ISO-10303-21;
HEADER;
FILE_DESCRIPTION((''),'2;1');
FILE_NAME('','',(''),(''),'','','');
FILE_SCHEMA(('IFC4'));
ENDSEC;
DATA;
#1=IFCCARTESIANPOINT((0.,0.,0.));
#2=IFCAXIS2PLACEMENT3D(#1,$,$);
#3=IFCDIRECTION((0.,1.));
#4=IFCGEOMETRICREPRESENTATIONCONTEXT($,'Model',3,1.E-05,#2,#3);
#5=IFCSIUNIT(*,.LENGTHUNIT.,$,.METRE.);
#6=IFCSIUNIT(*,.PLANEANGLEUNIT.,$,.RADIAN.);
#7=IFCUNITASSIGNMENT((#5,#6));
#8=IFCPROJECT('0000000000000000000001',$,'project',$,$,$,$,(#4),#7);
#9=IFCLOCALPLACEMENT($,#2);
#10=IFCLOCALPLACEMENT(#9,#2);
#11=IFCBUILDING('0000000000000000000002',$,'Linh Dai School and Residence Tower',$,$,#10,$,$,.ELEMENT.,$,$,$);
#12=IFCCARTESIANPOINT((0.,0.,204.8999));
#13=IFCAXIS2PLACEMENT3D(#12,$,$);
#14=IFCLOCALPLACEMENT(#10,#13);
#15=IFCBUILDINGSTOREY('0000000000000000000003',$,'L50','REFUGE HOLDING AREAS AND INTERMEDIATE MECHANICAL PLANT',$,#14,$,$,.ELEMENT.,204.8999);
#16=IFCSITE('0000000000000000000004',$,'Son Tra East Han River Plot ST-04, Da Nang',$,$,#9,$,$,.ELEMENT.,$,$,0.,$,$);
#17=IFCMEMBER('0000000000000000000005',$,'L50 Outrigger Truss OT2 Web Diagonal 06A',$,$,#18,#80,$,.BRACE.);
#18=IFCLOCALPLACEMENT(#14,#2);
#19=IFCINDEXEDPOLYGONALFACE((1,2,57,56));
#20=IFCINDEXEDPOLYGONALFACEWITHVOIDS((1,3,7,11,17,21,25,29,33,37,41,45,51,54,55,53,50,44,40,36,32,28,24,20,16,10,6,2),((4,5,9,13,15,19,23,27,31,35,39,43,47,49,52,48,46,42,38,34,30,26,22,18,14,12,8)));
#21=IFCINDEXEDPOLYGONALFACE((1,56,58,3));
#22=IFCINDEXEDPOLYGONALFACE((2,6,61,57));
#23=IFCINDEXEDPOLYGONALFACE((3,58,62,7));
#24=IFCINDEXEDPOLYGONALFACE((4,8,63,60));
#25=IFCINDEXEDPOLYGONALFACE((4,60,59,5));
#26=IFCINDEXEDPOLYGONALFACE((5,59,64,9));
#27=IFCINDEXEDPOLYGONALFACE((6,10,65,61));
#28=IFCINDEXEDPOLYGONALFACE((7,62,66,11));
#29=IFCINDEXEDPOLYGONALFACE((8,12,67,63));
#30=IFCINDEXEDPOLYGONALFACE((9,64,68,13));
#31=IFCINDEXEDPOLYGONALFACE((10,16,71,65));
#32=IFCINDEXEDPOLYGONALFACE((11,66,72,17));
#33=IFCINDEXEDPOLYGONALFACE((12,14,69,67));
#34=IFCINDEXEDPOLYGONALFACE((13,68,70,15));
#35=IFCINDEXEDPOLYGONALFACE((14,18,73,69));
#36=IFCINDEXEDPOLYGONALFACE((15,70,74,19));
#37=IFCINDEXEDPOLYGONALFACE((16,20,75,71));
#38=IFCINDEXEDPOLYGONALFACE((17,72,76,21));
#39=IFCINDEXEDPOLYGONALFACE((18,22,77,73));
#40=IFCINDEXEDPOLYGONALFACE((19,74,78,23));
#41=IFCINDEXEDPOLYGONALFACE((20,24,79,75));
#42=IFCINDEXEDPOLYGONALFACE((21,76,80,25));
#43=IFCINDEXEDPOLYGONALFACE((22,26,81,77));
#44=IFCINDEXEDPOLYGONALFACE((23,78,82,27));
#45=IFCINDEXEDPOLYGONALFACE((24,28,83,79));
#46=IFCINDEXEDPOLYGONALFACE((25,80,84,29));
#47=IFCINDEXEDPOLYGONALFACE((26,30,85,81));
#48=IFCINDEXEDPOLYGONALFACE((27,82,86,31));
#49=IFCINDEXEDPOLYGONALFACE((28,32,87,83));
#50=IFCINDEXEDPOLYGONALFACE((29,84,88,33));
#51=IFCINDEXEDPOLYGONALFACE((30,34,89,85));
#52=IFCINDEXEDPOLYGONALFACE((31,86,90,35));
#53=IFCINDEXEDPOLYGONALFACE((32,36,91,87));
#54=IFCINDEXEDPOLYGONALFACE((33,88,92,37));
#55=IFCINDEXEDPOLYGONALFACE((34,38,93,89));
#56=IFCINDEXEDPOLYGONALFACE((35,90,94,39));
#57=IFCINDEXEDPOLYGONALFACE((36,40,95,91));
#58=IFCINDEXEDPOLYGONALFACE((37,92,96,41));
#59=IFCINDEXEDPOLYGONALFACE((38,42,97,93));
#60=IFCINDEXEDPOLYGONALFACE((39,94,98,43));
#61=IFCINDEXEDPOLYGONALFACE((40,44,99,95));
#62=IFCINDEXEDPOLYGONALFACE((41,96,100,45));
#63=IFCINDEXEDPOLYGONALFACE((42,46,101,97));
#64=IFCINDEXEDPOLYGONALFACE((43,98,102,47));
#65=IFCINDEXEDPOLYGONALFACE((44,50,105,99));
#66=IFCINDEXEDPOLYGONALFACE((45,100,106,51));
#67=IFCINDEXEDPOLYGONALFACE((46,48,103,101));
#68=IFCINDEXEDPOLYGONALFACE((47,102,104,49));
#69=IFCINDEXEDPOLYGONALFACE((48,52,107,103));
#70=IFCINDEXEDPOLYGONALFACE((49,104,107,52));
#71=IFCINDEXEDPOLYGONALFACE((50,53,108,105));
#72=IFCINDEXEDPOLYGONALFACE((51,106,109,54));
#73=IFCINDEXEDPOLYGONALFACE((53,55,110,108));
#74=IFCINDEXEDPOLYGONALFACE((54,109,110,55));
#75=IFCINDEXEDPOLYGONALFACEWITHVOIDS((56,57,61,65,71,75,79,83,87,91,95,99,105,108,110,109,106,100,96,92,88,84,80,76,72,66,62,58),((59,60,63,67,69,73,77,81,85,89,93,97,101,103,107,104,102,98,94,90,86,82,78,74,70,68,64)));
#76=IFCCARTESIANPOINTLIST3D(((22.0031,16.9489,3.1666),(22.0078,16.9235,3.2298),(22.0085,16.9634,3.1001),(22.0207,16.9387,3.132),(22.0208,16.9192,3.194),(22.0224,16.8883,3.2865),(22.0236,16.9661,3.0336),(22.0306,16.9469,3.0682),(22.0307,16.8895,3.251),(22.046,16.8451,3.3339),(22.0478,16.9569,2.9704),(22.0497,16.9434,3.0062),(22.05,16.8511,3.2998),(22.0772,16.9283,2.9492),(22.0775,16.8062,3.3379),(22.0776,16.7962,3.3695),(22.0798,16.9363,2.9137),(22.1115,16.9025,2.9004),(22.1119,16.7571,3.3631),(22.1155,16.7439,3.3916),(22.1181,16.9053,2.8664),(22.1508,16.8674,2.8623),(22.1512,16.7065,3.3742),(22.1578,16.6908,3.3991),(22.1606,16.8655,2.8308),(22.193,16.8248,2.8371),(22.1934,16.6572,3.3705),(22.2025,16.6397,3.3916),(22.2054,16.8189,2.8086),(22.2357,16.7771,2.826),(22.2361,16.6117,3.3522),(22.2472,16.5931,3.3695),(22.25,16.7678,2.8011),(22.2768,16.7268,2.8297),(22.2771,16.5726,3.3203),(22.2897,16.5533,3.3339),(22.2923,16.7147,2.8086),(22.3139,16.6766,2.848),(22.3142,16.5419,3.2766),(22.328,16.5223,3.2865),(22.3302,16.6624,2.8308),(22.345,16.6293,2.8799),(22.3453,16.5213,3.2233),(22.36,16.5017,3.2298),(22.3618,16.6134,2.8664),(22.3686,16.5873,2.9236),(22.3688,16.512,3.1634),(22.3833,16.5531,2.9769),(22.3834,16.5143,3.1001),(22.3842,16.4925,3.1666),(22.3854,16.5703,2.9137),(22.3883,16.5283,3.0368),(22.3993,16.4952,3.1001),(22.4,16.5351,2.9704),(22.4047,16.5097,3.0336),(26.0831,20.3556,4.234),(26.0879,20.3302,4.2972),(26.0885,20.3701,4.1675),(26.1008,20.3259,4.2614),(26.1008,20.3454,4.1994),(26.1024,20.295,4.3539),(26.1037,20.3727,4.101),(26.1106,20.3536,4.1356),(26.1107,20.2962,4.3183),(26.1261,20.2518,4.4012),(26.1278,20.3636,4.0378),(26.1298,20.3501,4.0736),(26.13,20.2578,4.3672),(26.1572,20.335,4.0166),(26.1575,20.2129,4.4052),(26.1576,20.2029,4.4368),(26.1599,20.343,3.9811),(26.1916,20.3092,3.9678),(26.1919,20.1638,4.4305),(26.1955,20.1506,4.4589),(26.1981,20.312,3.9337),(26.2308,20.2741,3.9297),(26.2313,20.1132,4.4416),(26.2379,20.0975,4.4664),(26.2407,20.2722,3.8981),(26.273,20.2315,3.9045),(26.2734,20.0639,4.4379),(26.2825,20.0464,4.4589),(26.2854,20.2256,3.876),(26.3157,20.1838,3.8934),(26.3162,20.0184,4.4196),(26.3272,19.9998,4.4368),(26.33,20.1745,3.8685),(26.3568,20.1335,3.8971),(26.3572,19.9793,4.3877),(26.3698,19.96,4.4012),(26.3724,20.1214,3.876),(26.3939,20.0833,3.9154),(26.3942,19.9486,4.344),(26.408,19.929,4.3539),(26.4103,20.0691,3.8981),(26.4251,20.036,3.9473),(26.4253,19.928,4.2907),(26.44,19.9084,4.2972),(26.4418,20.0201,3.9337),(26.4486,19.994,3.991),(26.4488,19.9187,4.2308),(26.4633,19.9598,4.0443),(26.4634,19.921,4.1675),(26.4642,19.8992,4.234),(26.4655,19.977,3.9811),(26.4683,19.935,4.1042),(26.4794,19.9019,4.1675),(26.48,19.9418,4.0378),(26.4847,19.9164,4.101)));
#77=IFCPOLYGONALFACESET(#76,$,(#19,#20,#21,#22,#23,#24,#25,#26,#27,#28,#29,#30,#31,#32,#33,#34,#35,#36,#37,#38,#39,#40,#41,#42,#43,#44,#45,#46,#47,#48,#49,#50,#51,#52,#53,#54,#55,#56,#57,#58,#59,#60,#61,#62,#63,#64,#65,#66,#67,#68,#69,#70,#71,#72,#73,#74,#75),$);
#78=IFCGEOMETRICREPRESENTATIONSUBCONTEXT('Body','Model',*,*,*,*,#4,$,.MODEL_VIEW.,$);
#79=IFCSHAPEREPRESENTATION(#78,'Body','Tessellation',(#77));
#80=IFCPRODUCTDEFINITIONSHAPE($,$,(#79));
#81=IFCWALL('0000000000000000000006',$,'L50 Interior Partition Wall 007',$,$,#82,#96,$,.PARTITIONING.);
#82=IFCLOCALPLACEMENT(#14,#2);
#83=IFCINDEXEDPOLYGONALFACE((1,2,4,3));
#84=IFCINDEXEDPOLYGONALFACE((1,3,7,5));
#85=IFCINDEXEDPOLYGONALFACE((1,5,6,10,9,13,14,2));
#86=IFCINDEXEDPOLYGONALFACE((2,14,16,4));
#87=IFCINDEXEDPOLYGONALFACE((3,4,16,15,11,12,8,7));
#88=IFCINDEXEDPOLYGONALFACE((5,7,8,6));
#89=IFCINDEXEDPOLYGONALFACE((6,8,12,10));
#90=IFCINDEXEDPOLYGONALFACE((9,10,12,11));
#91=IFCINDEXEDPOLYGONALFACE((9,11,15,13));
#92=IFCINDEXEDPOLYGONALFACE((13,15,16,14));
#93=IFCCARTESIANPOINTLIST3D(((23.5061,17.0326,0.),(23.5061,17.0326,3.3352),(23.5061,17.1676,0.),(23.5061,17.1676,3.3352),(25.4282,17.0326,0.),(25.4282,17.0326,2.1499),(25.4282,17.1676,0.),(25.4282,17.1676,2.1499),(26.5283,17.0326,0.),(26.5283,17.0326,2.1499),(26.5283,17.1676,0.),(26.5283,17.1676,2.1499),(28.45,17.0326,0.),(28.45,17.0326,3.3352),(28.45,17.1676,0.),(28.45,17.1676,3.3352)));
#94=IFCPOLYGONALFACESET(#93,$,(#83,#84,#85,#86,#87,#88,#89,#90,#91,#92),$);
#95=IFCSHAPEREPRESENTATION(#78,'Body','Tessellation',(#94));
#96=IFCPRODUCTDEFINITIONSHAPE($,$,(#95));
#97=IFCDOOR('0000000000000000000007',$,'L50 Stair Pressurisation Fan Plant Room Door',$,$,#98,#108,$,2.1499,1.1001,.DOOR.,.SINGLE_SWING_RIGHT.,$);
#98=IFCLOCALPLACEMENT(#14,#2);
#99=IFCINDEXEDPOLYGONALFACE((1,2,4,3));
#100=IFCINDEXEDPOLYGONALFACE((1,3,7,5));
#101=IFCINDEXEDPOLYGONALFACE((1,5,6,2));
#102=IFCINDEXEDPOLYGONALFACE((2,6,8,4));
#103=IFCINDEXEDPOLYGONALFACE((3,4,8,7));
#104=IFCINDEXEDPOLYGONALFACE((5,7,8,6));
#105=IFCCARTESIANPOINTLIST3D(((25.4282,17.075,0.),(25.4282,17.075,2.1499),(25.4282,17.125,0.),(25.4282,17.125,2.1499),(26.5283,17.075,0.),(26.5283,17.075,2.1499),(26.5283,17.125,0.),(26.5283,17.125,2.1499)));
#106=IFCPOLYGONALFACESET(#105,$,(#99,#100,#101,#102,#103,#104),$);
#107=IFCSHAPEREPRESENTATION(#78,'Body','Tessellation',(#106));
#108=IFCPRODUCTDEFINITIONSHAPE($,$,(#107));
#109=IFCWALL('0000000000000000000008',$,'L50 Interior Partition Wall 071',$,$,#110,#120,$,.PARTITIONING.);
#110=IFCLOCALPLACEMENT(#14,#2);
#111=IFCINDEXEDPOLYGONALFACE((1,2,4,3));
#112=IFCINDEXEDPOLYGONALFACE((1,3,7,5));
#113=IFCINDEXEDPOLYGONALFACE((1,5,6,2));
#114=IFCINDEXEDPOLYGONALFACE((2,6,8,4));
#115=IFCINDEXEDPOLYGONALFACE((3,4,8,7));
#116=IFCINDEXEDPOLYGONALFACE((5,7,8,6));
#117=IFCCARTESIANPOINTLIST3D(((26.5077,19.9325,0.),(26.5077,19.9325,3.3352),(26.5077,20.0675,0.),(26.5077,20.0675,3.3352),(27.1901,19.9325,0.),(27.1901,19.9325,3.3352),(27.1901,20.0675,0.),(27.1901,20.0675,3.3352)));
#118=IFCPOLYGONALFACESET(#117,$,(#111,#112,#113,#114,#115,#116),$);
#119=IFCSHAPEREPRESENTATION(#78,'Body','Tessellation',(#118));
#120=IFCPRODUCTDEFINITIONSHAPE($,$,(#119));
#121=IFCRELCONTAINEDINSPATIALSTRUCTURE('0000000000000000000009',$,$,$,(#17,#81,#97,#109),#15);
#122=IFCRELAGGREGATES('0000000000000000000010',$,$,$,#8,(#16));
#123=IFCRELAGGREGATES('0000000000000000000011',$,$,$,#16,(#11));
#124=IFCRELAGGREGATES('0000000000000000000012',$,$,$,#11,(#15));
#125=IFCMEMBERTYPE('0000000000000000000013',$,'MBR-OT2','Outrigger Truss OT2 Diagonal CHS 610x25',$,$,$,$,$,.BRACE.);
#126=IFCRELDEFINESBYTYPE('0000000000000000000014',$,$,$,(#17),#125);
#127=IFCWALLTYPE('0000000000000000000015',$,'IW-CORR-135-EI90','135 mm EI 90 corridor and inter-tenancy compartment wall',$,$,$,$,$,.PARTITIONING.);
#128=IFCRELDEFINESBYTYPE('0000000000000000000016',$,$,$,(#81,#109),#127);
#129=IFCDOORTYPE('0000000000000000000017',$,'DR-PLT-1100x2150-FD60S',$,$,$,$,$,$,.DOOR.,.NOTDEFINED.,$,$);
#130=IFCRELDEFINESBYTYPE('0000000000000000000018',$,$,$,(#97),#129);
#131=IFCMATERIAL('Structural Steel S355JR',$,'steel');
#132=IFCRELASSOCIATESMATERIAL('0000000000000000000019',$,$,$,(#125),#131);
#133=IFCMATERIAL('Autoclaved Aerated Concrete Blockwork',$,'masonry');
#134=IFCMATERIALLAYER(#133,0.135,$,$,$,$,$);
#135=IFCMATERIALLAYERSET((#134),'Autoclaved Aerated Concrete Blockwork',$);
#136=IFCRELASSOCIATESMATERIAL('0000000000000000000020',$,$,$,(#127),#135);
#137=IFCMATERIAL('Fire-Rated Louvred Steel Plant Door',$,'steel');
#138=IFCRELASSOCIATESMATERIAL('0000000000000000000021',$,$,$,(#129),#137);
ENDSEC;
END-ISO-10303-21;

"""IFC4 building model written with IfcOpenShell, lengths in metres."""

from ifc_helpers import new_model, si_unit, direction, frame, frame_2d, origin, origin_2d, place, context, subcontext, project, spatial, rectangle, hollow_circle, extrude, source, transform, mapped, material, layer, layer_set, material_profile, profile_set, type_object, element, fill, save


model = new_model("IFC4")

# Units and contexts
model_context = context("Model", 3, precision=1e-05, world=origin(), true_north=direction((0.0, 1.0)))
body_context = subcontext(model_context, "Body", "Model", "MODEL_VIEW")
ifc_project = project(units=[si_unit("LENGTHUNIT", "METRE"), si_unit("PLANEANGLEUNIT", "RADIAN")], contexts=[model_context])

# Site, building, storey
site_placement = place(None, origin())
site = spatial("IfcSite", under=ifc_project, at=site_placement, Name="Son Tra East Han River Plot ST-04, Da Nang", CompositionType="ELEMENT", RefElevation=0.0)
building_placement = place(site_placement, origin())
building = spatial("IfcBuilding", under=site, at=building_placement, Name="Linh Dai School and Residence Tower", CompositionType="ELEMENT")
storey_placement = place(building_placement, frame((0.0, 0.0, 204.8999)))
storey = spatial("IfcBuildingStorey", under=building, at=storey_placement, Name="L50", Description="REFUGE HOLDING AREAS AND INTERMEDIATE MECHANICAL PLANT", CompositionType="ELEMENT", Elevation=204.8999)

# Shared definitions
ifc_material_1 = material(Name="Structural Steel S355JR", Category="steel")

# Member
ifc_material_profile_1 = material_profile(ifc_material_1, hollow_circle(Radius=0.3049, WallThickness=0.0249, at=origin_2d()), Name="CHS 610x25")
ifc_profile_set_1 = profile_set([ifc_material_profile_1], Name="Structural Steel S355JR")
member_type = type_object("IfcMemberType", Name="MBR-OT2", Description="Outrigger Truss OT2 Diagonal CHS 610x25", PredefinedType="BRACE", material=ifc_profile_set_1)
member_1_placement = place(storey_placement, frame((26.2839, 20.136, 4.1675), z_axis=(-0.752579, -0.62838, -0.196881), x_axis=(0.640925, -0.767603, 0.0)))
element("IfcMember", 1, at=member_1_placement, inside=storey, type_object=member_type, Name="L50 Outrigger Truss OT2 Web Diagonal 06A", PredefinedType="BRACE", context=body_context, shape_type="SweptSolid", body=[
    extrude(hollow_circle(Radius=0.3049, WallThickness=0.0249, at=origin_2d()), origin(), (0.0, 0.0, 1.0), 5.4214),
])

# Wall, opening, door
ifc_material_2 = material(Name="Autoclaved Aerated Concrete Blockwork", Category="masonry")
ifc_layer_1 = layer(ifc_material_2, 0.135)
ifc_layer_set_1 = layer_set([ifc_layer_1], Name="Autoclaved Aerated Concrete Blockwork")
wall_type_1 = type_object("IfcWallType", Name="IW-CORR-135-EI90", Description="135 mm EI 90 corridor and inter-tenancy compartment wall", PredefinedType="PARTITIONING", material=ifc_layer_set_1)
wall_1_placement = place(storey_placement, frame((23.5061, 17.1001, 0.0), z_axis=(0.0, 0.0, 1.0), x_axis=(1.0, 0.0, 0.0)))
wall_1 = element("IfcWall", 2, at=wall_1_placement, inside=storey, type_object=wall_type_1, Name="L50 Interior Partition Wall 007", PredefinedType="PARTITIONING", context=body_context, shape_type="SweptSolid", body=[
    extrude(rectangle(XDim=4.9438, YDim=0.135, at=frame_2d((2.4719, 0.0))), origin(), (0.0, 0.0, 1.0), 3.3352),
])
opening_1_placement = place(wall_1_placement, frame((1.9221, 0.0, 0.0)))
opening_1 = element("IfcOpeningElement", 3, at=opening_1_placement, cuts=wall_1, PredefinedType="OPENING", context=body_context, shape_type="SweptSolid", body=[
    extrude(rectangle(XDim=1.1001, YDim=2.1499, at=origin_2d()), frame((0.55, 0.0776, 1.075), z_axis=(0.0, -1.0, 0.0), x_axis=(1.0, 0.0, 0.0)), (0.0, 0.0, 1.0), 0.155),
])
ifc_material_3 = material(Name="Fire-Rated Louvred Steel Plant Door", Category="steel")
door_type_1 = type_object("IfcDoorType", Name="DR-PLT-1100x2150-FD60S", OperationType="NOTDEFINED", PredefinedType="DOOR", material=ifc_material_3)
shared_shape_1 = source(origin(), body_context, "Body", "SweptSolid", [
    extrude(rectangle(XDim=1.1001, YDim=2.1499, at=origin_2d()), frame((0.55, 0.0249, 1.075), z_axis=(0.0, -1.0, 0.0), x_axis=(1.0, 0.0, 0.0)), (0.0, 0.0, 1.0), 0.05),
])
door_1_placement = place(opening_1_placement, origin())
door_1 = element("IfcDoor", 4, at=door_1_placement, inside=storey, type_object=door_type_1, Name="L50 Stair Pressurisation Fan Plant Room Door", OperationType="SINGLE_SWING_RIGHT", OverallHeight=2.1499, OverallWidth=1.1001, PredefinedType="DOOR", context=body_context, shape_type="MappedRepresentation", body=[
    mapped(shared_shape_1, transform((0.0, 0.0, 0.0), x_axis=(1.0, 0.0, 0.0), y_axis=(0.0, 1.0, 0.0), z_axis=(0.0, 0.0, 1.0), scale=1.0)),
])
fill(opening_1, door_1)

# Wall
wall_2_placement = place(storey_placement, frame((26.5076, 20.0, 0.0), z_axis=(0.0, 0.0, 1.0), x_axis=(1.0, 0.0, 0.0)))
element("IfcWall", 5, at=wall_2_placement, inside=storey, type_object=wall_type_1, Name="L50 Interior Partition Wall 071", PredefinedType="PARTITIONING", context=body_context, shape_type="SweptSolid", body=[
    extrude(rectangle(XDim=0.6824, YDim=0.135, at=frame_2d((0.3413, 0.0))), origin(), (0.0, 0.0, 1.0), 3.3352),
])

save(model, "model.ifc")
